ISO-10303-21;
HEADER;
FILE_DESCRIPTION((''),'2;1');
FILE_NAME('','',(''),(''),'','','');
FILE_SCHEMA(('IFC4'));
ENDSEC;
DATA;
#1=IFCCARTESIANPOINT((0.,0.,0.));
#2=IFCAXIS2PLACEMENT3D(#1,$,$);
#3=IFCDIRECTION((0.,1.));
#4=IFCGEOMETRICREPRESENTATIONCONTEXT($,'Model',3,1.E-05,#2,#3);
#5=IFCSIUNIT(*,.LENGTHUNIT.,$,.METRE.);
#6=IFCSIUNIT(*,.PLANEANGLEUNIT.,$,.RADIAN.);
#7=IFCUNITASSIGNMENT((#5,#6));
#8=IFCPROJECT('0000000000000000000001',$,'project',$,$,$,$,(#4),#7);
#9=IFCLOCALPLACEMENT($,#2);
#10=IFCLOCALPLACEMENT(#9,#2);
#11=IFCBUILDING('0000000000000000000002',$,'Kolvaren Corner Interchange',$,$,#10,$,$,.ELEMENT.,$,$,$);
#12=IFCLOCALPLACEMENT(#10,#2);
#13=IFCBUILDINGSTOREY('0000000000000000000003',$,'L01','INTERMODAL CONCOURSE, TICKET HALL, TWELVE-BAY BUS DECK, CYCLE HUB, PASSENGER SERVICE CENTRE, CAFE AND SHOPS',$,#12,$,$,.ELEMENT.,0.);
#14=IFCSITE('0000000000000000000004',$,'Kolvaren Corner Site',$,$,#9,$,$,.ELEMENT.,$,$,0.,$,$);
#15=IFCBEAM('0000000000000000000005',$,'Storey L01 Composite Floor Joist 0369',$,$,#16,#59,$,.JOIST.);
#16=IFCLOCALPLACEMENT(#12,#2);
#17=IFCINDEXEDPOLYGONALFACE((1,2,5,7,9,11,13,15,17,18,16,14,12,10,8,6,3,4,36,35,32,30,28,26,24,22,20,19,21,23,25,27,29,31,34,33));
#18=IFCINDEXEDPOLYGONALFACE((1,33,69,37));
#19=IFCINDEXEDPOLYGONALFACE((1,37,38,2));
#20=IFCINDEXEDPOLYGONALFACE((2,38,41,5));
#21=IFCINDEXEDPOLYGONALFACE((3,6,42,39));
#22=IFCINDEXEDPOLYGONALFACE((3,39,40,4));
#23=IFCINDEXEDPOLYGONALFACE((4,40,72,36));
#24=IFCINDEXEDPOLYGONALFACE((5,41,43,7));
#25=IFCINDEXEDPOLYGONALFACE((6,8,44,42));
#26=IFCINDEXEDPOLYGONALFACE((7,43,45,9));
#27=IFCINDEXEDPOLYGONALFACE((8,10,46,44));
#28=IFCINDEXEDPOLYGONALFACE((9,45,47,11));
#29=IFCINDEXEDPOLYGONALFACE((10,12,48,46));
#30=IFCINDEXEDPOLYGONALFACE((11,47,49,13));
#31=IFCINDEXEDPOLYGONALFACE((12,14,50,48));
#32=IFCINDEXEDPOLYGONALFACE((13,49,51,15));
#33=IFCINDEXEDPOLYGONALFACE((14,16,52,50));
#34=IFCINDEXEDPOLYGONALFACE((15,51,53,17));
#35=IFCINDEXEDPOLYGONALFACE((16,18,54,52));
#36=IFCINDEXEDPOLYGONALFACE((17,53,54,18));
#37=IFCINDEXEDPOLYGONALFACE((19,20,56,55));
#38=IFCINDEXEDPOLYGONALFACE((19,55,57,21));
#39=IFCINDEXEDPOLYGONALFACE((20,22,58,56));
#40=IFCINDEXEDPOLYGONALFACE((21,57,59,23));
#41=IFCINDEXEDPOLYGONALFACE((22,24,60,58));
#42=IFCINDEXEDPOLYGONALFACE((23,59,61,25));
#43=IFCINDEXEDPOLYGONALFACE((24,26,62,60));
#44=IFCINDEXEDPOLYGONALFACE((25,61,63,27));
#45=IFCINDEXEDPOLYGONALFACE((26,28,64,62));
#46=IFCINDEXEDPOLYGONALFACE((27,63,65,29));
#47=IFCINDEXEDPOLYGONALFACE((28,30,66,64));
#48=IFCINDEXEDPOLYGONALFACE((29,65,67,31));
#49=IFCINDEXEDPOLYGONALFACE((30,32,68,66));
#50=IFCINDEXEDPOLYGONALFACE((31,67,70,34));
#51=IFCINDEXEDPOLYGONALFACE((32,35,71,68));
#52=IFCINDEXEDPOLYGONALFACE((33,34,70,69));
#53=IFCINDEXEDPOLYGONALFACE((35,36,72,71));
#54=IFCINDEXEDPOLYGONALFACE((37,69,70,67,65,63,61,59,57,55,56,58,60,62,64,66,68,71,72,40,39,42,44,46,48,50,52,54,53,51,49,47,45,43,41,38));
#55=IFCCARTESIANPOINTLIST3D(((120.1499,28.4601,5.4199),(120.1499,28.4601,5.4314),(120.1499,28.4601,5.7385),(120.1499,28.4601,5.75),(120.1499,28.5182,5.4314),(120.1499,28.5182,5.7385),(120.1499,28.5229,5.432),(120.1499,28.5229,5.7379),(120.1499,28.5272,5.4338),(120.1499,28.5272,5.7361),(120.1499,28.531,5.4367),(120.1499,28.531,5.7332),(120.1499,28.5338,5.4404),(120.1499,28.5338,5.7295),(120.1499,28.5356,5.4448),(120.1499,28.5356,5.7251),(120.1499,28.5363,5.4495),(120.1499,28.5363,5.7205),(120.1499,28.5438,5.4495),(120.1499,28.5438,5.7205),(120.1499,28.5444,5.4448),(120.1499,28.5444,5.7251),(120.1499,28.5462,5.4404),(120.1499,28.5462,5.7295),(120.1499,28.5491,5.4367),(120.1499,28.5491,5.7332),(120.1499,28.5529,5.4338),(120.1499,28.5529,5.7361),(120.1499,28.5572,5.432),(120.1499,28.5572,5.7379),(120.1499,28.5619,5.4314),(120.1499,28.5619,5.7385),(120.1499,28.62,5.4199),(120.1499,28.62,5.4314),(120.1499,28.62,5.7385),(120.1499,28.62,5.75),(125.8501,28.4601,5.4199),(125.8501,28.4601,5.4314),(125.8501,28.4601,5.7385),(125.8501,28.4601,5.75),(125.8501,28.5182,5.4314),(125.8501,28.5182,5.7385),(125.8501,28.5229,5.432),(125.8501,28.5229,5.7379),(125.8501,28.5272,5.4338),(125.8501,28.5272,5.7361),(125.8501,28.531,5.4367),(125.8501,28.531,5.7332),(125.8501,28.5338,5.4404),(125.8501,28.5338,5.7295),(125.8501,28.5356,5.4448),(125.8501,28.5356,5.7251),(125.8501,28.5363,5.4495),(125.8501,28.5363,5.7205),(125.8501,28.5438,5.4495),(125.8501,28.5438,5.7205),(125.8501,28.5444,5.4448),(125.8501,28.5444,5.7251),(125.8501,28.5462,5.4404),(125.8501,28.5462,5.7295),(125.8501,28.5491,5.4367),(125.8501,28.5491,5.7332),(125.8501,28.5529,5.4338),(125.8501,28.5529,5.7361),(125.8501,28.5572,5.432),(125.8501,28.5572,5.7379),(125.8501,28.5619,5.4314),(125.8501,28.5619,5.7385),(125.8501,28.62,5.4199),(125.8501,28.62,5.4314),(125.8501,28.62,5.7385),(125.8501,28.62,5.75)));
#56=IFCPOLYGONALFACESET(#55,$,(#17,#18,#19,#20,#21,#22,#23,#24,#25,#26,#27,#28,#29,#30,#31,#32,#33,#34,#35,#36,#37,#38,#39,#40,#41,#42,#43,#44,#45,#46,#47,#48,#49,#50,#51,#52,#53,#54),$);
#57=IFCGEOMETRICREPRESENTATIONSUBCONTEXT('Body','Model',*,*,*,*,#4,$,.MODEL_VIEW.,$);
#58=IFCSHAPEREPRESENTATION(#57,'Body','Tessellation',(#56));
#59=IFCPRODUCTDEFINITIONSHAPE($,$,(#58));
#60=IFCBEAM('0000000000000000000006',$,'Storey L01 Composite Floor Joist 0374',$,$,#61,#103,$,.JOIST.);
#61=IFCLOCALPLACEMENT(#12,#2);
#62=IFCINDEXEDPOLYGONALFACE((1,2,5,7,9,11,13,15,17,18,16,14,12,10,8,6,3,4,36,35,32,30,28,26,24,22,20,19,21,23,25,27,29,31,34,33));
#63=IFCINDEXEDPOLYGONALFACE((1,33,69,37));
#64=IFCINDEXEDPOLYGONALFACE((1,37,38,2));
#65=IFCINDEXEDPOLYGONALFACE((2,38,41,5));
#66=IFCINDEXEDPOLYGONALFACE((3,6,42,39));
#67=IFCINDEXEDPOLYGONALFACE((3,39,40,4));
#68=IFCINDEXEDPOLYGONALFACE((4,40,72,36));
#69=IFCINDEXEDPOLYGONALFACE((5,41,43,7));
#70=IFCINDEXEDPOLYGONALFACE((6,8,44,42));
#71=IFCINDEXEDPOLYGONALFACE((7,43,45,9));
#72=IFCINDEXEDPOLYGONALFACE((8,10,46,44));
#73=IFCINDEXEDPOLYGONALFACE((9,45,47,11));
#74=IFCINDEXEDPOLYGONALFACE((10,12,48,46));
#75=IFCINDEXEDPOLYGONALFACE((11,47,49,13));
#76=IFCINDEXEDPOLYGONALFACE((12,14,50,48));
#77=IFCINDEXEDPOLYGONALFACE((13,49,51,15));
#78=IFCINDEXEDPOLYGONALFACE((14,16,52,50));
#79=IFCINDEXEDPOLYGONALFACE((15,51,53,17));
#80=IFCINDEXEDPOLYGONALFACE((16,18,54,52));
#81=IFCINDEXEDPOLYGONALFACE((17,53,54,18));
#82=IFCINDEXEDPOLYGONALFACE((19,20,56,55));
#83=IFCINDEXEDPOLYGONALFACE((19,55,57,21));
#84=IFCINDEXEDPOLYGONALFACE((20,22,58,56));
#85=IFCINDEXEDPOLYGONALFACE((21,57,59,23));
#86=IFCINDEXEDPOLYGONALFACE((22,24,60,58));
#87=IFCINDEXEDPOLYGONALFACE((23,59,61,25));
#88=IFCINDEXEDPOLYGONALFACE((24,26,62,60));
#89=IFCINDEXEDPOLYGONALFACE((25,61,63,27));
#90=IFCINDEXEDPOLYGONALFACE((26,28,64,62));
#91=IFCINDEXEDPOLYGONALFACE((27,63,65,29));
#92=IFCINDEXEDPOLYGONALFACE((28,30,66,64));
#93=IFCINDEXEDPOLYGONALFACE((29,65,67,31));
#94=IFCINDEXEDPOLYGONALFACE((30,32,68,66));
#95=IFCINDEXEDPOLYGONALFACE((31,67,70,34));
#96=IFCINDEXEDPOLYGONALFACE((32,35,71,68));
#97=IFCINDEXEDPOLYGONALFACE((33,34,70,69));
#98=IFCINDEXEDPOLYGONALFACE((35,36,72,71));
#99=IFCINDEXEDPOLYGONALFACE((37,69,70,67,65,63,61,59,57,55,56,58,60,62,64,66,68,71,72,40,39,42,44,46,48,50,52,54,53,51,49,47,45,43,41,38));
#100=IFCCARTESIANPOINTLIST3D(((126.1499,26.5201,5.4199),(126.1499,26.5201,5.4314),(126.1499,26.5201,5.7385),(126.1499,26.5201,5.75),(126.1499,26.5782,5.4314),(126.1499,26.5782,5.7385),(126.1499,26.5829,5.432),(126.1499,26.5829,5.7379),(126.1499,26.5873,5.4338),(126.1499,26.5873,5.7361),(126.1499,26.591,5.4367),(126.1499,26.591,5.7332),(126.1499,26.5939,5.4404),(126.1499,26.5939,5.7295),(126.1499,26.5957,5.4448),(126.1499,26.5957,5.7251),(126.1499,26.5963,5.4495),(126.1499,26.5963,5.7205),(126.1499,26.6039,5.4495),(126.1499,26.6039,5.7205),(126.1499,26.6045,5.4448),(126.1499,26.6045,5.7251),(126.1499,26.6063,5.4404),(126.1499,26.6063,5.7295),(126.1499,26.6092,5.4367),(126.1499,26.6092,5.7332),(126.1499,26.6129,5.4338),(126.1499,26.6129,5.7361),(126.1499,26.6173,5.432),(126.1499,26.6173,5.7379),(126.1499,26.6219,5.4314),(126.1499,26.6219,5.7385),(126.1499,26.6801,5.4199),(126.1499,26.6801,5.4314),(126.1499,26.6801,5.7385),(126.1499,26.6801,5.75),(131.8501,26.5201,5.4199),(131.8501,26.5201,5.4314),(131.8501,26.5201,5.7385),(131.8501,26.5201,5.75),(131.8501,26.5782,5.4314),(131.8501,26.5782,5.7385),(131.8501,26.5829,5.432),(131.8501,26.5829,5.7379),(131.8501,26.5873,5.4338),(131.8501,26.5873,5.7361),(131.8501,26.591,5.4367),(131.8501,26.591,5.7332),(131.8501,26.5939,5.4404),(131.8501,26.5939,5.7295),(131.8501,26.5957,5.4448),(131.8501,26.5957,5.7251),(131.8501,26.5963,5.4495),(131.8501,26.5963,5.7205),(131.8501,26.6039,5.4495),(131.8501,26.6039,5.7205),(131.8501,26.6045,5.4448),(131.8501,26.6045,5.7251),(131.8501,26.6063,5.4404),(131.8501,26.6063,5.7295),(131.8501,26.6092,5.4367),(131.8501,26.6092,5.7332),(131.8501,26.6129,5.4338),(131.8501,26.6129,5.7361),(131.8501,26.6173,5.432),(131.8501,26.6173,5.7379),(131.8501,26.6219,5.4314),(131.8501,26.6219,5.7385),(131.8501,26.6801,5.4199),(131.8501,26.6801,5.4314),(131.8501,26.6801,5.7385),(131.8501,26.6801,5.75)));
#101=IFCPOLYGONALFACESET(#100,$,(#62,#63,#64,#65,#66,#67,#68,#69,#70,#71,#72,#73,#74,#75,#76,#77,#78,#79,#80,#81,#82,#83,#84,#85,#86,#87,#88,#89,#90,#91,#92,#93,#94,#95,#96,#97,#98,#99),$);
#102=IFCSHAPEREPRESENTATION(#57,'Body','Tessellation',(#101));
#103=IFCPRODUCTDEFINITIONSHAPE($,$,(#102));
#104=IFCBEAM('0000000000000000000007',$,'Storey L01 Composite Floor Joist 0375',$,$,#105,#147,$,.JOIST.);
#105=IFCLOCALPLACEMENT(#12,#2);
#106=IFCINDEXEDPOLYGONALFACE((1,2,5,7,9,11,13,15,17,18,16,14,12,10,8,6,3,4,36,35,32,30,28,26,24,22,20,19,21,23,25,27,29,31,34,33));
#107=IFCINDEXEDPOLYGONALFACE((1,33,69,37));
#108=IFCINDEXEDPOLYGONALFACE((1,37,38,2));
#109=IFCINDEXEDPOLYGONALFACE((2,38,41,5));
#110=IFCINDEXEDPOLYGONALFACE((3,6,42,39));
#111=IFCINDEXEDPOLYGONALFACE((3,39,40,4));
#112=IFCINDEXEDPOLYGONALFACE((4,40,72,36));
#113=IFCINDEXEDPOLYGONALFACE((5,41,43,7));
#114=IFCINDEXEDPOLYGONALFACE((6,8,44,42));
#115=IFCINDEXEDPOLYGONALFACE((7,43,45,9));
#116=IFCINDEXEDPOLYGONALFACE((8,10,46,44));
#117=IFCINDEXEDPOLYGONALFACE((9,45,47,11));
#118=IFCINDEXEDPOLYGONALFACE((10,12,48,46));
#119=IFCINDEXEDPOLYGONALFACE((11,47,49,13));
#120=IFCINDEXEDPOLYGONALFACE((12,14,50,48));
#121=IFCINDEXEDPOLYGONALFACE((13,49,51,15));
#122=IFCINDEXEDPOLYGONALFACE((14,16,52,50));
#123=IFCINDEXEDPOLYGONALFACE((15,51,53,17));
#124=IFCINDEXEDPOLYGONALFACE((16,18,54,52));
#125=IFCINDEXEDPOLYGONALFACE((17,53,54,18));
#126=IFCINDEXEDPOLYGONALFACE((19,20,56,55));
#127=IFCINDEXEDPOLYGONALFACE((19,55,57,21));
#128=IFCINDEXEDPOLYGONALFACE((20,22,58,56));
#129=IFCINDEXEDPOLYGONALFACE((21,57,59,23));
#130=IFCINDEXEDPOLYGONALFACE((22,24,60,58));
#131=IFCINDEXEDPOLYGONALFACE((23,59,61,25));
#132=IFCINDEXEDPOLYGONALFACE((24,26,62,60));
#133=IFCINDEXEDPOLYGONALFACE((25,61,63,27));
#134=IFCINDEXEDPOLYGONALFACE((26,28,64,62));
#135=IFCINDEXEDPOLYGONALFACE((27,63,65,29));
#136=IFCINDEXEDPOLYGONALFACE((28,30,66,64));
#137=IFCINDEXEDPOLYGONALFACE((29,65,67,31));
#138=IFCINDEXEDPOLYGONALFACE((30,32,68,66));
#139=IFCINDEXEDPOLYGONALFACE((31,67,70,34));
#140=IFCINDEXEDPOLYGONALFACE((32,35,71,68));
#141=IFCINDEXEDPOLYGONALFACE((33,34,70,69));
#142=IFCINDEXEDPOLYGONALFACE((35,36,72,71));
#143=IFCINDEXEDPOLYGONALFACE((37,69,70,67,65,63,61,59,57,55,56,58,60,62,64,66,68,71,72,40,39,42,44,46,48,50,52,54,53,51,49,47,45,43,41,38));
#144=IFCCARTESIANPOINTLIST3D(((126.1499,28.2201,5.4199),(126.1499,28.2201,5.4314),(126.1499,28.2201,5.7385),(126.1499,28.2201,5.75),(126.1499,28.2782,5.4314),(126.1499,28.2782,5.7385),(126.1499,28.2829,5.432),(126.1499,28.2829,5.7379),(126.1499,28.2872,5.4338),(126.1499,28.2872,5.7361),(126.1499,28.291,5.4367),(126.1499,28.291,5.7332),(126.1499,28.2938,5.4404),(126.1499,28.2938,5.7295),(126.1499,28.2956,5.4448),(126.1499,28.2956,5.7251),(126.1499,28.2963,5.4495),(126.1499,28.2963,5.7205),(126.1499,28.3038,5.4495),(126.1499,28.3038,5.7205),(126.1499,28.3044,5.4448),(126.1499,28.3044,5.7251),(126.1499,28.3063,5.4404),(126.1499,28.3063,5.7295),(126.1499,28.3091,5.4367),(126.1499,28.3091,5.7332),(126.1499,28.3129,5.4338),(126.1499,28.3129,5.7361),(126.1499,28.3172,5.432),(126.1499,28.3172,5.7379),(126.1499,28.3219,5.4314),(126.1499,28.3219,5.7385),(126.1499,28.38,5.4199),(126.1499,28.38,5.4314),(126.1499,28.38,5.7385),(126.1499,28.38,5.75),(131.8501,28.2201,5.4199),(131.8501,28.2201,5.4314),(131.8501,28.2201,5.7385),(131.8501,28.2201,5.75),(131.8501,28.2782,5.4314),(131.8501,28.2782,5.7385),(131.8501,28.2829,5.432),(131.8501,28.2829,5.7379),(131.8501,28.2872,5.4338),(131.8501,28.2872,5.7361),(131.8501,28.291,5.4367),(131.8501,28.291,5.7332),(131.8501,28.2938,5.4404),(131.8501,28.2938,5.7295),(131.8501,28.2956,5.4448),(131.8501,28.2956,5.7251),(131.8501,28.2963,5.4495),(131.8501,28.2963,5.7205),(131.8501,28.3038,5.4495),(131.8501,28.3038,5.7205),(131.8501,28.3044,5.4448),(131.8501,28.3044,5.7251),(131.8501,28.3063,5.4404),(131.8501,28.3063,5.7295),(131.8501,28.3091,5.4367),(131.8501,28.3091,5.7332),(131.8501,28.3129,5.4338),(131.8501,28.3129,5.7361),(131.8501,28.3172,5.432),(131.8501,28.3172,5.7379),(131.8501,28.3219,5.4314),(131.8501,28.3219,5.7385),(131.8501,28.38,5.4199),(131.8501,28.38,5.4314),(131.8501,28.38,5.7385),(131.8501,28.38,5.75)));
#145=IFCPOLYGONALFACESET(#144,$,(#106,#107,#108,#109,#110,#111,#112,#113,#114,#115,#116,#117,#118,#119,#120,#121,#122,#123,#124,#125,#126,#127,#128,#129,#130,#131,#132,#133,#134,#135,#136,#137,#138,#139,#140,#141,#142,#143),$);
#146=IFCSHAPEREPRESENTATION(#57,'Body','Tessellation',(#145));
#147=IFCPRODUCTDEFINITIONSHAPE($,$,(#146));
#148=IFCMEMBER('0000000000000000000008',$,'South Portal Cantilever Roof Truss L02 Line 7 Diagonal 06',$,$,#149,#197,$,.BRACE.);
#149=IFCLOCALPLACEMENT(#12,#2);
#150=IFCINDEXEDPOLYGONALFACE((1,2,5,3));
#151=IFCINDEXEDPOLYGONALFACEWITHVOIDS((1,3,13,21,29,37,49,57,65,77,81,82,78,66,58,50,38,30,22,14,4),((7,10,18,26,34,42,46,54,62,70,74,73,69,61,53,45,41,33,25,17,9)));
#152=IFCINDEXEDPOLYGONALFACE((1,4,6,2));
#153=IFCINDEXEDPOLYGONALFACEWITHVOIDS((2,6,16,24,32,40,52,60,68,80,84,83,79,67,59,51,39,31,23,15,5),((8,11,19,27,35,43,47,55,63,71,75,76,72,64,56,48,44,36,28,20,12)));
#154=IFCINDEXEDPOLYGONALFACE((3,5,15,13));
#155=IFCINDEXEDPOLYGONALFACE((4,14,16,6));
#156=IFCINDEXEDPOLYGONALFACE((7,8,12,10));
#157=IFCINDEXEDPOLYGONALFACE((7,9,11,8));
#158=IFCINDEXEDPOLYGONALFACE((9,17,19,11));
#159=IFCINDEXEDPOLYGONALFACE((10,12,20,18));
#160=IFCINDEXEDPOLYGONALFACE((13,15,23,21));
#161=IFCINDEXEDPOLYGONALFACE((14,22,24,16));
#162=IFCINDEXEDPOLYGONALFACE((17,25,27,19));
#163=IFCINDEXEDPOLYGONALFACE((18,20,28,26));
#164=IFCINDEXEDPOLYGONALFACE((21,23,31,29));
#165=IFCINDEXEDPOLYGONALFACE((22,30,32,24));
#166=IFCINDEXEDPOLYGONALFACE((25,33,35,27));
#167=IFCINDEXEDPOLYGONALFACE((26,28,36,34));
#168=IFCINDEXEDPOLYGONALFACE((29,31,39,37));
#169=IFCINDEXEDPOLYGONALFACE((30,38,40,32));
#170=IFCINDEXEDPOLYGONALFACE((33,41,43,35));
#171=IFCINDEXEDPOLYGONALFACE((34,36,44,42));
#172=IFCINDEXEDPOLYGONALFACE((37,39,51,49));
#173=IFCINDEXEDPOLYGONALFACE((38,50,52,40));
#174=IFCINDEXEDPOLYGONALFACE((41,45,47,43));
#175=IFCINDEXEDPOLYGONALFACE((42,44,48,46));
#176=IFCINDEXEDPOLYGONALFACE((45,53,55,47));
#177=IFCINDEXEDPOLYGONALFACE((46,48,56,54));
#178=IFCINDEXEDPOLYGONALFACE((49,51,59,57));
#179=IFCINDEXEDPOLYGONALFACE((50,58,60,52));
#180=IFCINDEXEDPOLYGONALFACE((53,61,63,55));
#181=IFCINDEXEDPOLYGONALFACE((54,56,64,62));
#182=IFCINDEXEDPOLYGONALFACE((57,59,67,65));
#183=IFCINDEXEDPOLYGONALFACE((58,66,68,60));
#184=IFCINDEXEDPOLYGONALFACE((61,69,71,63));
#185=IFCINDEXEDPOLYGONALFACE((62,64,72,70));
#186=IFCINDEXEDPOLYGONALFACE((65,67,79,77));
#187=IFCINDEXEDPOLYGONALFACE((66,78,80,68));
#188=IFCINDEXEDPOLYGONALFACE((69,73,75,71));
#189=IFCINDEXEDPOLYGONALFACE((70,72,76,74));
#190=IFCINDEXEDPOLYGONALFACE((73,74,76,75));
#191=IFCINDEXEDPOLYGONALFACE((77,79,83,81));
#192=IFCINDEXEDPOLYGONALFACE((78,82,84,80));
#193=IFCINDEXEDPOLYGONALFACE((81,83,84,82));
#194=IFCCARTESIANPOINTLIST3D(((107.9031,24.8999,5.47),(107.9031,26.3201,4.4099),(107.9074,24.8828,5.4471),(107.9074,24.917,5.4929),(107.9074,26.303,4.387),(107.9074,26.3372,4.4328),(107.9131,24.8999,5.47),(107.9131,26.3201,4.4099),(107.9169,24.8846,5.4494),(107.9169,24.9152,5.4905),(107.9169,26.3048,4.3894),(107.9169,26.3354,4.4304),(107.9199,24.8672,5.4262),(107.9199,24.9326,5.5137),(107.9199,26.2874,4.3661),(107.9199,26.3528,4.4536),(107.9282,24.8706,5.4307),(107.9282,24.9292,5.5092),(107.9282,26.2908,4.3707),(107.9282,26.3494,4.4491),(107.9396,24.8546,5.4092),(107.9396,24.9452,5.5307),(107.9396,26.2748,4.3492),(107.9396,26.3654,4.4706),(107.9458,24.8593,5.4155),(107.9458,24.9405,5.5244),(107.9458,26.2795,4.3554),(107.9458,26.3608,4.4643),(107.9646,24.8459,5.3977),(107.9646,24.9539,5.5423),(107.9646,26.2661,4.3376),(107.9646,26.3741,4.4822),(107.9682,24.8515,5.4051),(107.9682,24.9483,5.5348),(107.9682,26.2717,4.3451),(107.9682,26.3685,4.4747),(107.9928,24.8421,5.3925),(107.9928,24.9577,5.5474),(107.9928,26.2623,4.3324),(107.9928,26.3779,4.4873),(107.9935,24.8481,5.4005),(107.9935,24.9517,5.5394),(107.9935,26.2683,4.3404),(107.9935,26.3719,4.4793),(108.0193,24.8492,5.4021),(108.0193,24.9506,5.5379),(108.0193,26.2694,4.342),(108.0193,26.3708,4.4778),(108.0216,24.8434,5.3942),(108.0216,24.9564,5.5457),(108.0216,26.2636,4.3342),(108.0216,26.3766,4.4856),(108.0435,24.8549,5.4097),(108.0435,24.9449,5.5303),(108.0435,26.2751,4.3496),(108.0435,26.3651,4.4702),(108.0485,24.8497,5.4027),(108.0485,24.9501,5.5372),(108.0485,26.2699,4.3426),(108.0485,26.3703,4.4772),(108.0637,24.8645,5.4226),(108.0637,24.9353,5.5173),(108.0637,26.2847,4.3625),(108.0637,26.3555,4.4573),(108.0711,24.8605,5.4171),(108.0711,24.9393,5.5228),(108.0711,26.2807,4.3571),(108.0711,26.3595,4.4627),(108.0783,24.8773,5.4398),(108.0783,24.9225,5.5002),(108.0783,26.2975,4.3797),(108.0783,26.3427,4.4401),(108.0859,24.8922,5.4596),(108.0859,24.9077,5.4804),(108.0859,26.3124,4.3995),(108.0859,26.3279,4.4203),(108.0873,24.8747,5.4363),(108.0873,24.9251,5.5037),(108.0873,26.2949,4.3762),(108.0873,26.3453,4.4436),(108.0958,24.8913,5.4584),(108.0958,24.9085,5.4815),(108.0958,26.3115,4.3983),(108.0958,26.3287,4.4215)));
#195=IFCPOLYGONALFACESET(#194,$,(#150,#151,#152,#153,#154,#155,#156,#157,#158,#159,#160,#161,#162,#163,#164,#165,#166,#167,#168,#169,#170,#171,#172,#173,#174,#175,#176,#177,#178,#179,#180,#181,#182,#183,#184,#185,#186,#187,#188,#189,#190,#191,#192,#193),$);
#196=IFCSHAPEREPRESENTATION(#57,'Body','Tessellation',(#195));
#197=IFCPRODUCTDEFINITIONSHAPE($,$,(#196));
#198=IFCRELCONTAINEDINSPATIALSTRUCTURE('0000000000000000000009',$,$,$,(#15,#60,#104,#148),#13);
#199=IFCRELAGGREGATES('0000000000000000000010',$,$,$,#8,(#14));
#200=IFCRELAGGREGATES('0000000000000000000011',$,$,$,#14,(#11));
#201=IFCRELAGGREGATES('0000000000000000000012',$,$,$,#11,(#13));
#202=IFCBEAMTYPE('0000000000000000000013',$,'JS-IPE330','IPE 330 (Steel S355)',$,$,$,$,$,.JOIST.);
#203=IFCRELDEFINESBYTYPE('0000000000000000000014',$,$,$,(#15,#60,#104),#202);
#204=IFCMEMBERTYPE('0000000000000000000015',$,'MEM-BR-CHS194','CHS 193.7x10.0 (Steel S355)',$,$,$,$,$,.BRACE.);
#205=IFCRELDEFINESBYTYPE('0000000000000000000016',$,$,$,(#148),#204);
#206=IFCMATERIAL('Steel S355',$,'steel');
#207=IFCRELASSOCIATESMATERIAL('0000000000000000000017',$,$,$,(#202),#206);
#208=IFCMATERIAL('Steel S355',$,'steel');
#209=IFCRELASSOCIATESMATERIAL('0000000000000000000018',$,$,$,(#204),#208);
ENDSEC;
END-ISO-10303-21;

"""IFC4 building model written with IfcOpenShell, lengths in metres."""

from ifc_helpers import new_model, si_unit, direction, frame, origin, origin_2d, place, context, subcontext, project, spatial, hollow_circle, i_section, extrude, material, material_profile, profile_set, type_object, element, save


model = new_model("IFC4")

# Units and contexts
model_context = context("Model", 3, precision=1e-05, world=origin(), true_north=direction((0.0, 1.0)))
body_context = subcontext(model_context, "Body", "Model", "MODEL_VIEW")
ifc_project = project(units=[si_unit("LENGTHUNIT", "METRE"), si_unit("PLANEANGLEUNIT", "RADIAN")], contexts=[model_context])

# Site, building, storey
site_placement = place(None, origin())
site = spatial("IfcSite", under=ifc_project, at=site_placement, Name="Kolvaren Corner Site", CompositionType="ELEMENT", RefElevation=0.0)
building_placement = place(site_placement, origin())
building = spatial("IfcBuilding", under=site, at=building_placement, Name="Kolvaren Corner Interchange", CompositionType="ELEMENT")
storey_placement = place(building_placement, origin())
storey = spatial("IfcBuildingStorey", under=building, at=storey_placement, Name="L01", Description="INTERMODAL CONCOURSE, TICKET HALL, TWELVE-BAY BUS DECK, CYCLE HUB, PASSENGER SERVICE CENTRE, CAFE AND SHOPS", CompositionType="ELEMENT", Elevation=0.0)

# Beams
ifc_material_1 = material(Name="Steel S355", Category="steel")
ifc_material_profile_1 = material_profile(ifc_material_1, i_section(OverallWidth=0.1599, OverallDepth=0.3301, WebThickness=0.0076, FlangeThickness=0.0115, FilletRadius=0.0181, at=origin_2d()), Name="IPE 330")
ifc_profile_set_1 = profile_set([ifc_material_profile_1], Name="Steel S355")
beam_type_1 = type_object("IfcBeamType", Name="JS-IPE330", Description="IPE 330 (Steel S355)", PredefinedType="JOIST", material=ifc_profile_set_1)
for number, where, z_axis, x_axis, name in (
    (1, (120.1499, 28.54, 5.585), (1.0, 0.0, 0.0), (0.0, 1.0, 0.0), "Storey L01 Composite Floor Joist 0369"),
    (2, (126.1499, 26.6001, 5.585), (1.0, 0.0, 0.0), (0.0, 1.0, 0.0), "Storey L01 Composite Floor Joist 0374"),
    (3, (126.1499, 28.3, 5.585), (1.0, 0.0, 0.0), (0.0, 1.0, 0.0), "Storey L01 Composite Floor Joist 0375"),
):
    element("IfcBeam", number, at=place(storey_placement, frame(where, z_axis=z_axis, x_axis=x_axis)), inside=storey, type_object=beam_type_1, Name=name, PredefinedType="JOIST", context=body_context, shape_type="SweptSolid", body=[
        extrude(i_section(OverallWidth=0.1599, OverallDepth=0.3301, WebThickness=0.0076, FlangeThickness=0.0115, FilletRadius=0.0181, at=origin_2d()), origin(), (0.0, 0.0, 1.0), 5.7002),
    ])

# Member
ifc_material_2 = material(Name="Steel S355", Category="steel")
ifc_material_profile_2 = material_profile(ifc_material_2, hollow_circle(Radius=0.0969, WallThickness=0.01, at=origin_2d()), Name="CHS 193.7x10.0")
ifc_profile_set_2 = profile_set([ifc_material_profile_2], Name="Steel S355")
member_type_1 = type_object("IfcMemberType", Name="MEM-BR-CHS194", Description="CHS 193.7x10.0 (Steel S355)", PredefinedType="BRACE", material=ifc_profile_set_2)
member_placement = place(storey_placement, frame((108.0, 24.8999, 5.47), z_axis=(0.0, 0.80137, -0.598169), x_axis=(-1.0, 0.0, 0.0)))
element("IfcMember", 4, at=member_placement, inside=storey, type_object=member_type_1, Name="South Portal Cantilever Roof Truss L02 Line 7 Diagonal 06", PredefinedType="BRACE", context=body_context, shape_type="SweptSolid", body=[
    extrude(hollow_circle(Radius=0.0969, WallThickness=0.01, at=origin_2d()), origin(), (0.0, 0.0, 1.0), 1.7722),
])

save(model, "model.ifc")
